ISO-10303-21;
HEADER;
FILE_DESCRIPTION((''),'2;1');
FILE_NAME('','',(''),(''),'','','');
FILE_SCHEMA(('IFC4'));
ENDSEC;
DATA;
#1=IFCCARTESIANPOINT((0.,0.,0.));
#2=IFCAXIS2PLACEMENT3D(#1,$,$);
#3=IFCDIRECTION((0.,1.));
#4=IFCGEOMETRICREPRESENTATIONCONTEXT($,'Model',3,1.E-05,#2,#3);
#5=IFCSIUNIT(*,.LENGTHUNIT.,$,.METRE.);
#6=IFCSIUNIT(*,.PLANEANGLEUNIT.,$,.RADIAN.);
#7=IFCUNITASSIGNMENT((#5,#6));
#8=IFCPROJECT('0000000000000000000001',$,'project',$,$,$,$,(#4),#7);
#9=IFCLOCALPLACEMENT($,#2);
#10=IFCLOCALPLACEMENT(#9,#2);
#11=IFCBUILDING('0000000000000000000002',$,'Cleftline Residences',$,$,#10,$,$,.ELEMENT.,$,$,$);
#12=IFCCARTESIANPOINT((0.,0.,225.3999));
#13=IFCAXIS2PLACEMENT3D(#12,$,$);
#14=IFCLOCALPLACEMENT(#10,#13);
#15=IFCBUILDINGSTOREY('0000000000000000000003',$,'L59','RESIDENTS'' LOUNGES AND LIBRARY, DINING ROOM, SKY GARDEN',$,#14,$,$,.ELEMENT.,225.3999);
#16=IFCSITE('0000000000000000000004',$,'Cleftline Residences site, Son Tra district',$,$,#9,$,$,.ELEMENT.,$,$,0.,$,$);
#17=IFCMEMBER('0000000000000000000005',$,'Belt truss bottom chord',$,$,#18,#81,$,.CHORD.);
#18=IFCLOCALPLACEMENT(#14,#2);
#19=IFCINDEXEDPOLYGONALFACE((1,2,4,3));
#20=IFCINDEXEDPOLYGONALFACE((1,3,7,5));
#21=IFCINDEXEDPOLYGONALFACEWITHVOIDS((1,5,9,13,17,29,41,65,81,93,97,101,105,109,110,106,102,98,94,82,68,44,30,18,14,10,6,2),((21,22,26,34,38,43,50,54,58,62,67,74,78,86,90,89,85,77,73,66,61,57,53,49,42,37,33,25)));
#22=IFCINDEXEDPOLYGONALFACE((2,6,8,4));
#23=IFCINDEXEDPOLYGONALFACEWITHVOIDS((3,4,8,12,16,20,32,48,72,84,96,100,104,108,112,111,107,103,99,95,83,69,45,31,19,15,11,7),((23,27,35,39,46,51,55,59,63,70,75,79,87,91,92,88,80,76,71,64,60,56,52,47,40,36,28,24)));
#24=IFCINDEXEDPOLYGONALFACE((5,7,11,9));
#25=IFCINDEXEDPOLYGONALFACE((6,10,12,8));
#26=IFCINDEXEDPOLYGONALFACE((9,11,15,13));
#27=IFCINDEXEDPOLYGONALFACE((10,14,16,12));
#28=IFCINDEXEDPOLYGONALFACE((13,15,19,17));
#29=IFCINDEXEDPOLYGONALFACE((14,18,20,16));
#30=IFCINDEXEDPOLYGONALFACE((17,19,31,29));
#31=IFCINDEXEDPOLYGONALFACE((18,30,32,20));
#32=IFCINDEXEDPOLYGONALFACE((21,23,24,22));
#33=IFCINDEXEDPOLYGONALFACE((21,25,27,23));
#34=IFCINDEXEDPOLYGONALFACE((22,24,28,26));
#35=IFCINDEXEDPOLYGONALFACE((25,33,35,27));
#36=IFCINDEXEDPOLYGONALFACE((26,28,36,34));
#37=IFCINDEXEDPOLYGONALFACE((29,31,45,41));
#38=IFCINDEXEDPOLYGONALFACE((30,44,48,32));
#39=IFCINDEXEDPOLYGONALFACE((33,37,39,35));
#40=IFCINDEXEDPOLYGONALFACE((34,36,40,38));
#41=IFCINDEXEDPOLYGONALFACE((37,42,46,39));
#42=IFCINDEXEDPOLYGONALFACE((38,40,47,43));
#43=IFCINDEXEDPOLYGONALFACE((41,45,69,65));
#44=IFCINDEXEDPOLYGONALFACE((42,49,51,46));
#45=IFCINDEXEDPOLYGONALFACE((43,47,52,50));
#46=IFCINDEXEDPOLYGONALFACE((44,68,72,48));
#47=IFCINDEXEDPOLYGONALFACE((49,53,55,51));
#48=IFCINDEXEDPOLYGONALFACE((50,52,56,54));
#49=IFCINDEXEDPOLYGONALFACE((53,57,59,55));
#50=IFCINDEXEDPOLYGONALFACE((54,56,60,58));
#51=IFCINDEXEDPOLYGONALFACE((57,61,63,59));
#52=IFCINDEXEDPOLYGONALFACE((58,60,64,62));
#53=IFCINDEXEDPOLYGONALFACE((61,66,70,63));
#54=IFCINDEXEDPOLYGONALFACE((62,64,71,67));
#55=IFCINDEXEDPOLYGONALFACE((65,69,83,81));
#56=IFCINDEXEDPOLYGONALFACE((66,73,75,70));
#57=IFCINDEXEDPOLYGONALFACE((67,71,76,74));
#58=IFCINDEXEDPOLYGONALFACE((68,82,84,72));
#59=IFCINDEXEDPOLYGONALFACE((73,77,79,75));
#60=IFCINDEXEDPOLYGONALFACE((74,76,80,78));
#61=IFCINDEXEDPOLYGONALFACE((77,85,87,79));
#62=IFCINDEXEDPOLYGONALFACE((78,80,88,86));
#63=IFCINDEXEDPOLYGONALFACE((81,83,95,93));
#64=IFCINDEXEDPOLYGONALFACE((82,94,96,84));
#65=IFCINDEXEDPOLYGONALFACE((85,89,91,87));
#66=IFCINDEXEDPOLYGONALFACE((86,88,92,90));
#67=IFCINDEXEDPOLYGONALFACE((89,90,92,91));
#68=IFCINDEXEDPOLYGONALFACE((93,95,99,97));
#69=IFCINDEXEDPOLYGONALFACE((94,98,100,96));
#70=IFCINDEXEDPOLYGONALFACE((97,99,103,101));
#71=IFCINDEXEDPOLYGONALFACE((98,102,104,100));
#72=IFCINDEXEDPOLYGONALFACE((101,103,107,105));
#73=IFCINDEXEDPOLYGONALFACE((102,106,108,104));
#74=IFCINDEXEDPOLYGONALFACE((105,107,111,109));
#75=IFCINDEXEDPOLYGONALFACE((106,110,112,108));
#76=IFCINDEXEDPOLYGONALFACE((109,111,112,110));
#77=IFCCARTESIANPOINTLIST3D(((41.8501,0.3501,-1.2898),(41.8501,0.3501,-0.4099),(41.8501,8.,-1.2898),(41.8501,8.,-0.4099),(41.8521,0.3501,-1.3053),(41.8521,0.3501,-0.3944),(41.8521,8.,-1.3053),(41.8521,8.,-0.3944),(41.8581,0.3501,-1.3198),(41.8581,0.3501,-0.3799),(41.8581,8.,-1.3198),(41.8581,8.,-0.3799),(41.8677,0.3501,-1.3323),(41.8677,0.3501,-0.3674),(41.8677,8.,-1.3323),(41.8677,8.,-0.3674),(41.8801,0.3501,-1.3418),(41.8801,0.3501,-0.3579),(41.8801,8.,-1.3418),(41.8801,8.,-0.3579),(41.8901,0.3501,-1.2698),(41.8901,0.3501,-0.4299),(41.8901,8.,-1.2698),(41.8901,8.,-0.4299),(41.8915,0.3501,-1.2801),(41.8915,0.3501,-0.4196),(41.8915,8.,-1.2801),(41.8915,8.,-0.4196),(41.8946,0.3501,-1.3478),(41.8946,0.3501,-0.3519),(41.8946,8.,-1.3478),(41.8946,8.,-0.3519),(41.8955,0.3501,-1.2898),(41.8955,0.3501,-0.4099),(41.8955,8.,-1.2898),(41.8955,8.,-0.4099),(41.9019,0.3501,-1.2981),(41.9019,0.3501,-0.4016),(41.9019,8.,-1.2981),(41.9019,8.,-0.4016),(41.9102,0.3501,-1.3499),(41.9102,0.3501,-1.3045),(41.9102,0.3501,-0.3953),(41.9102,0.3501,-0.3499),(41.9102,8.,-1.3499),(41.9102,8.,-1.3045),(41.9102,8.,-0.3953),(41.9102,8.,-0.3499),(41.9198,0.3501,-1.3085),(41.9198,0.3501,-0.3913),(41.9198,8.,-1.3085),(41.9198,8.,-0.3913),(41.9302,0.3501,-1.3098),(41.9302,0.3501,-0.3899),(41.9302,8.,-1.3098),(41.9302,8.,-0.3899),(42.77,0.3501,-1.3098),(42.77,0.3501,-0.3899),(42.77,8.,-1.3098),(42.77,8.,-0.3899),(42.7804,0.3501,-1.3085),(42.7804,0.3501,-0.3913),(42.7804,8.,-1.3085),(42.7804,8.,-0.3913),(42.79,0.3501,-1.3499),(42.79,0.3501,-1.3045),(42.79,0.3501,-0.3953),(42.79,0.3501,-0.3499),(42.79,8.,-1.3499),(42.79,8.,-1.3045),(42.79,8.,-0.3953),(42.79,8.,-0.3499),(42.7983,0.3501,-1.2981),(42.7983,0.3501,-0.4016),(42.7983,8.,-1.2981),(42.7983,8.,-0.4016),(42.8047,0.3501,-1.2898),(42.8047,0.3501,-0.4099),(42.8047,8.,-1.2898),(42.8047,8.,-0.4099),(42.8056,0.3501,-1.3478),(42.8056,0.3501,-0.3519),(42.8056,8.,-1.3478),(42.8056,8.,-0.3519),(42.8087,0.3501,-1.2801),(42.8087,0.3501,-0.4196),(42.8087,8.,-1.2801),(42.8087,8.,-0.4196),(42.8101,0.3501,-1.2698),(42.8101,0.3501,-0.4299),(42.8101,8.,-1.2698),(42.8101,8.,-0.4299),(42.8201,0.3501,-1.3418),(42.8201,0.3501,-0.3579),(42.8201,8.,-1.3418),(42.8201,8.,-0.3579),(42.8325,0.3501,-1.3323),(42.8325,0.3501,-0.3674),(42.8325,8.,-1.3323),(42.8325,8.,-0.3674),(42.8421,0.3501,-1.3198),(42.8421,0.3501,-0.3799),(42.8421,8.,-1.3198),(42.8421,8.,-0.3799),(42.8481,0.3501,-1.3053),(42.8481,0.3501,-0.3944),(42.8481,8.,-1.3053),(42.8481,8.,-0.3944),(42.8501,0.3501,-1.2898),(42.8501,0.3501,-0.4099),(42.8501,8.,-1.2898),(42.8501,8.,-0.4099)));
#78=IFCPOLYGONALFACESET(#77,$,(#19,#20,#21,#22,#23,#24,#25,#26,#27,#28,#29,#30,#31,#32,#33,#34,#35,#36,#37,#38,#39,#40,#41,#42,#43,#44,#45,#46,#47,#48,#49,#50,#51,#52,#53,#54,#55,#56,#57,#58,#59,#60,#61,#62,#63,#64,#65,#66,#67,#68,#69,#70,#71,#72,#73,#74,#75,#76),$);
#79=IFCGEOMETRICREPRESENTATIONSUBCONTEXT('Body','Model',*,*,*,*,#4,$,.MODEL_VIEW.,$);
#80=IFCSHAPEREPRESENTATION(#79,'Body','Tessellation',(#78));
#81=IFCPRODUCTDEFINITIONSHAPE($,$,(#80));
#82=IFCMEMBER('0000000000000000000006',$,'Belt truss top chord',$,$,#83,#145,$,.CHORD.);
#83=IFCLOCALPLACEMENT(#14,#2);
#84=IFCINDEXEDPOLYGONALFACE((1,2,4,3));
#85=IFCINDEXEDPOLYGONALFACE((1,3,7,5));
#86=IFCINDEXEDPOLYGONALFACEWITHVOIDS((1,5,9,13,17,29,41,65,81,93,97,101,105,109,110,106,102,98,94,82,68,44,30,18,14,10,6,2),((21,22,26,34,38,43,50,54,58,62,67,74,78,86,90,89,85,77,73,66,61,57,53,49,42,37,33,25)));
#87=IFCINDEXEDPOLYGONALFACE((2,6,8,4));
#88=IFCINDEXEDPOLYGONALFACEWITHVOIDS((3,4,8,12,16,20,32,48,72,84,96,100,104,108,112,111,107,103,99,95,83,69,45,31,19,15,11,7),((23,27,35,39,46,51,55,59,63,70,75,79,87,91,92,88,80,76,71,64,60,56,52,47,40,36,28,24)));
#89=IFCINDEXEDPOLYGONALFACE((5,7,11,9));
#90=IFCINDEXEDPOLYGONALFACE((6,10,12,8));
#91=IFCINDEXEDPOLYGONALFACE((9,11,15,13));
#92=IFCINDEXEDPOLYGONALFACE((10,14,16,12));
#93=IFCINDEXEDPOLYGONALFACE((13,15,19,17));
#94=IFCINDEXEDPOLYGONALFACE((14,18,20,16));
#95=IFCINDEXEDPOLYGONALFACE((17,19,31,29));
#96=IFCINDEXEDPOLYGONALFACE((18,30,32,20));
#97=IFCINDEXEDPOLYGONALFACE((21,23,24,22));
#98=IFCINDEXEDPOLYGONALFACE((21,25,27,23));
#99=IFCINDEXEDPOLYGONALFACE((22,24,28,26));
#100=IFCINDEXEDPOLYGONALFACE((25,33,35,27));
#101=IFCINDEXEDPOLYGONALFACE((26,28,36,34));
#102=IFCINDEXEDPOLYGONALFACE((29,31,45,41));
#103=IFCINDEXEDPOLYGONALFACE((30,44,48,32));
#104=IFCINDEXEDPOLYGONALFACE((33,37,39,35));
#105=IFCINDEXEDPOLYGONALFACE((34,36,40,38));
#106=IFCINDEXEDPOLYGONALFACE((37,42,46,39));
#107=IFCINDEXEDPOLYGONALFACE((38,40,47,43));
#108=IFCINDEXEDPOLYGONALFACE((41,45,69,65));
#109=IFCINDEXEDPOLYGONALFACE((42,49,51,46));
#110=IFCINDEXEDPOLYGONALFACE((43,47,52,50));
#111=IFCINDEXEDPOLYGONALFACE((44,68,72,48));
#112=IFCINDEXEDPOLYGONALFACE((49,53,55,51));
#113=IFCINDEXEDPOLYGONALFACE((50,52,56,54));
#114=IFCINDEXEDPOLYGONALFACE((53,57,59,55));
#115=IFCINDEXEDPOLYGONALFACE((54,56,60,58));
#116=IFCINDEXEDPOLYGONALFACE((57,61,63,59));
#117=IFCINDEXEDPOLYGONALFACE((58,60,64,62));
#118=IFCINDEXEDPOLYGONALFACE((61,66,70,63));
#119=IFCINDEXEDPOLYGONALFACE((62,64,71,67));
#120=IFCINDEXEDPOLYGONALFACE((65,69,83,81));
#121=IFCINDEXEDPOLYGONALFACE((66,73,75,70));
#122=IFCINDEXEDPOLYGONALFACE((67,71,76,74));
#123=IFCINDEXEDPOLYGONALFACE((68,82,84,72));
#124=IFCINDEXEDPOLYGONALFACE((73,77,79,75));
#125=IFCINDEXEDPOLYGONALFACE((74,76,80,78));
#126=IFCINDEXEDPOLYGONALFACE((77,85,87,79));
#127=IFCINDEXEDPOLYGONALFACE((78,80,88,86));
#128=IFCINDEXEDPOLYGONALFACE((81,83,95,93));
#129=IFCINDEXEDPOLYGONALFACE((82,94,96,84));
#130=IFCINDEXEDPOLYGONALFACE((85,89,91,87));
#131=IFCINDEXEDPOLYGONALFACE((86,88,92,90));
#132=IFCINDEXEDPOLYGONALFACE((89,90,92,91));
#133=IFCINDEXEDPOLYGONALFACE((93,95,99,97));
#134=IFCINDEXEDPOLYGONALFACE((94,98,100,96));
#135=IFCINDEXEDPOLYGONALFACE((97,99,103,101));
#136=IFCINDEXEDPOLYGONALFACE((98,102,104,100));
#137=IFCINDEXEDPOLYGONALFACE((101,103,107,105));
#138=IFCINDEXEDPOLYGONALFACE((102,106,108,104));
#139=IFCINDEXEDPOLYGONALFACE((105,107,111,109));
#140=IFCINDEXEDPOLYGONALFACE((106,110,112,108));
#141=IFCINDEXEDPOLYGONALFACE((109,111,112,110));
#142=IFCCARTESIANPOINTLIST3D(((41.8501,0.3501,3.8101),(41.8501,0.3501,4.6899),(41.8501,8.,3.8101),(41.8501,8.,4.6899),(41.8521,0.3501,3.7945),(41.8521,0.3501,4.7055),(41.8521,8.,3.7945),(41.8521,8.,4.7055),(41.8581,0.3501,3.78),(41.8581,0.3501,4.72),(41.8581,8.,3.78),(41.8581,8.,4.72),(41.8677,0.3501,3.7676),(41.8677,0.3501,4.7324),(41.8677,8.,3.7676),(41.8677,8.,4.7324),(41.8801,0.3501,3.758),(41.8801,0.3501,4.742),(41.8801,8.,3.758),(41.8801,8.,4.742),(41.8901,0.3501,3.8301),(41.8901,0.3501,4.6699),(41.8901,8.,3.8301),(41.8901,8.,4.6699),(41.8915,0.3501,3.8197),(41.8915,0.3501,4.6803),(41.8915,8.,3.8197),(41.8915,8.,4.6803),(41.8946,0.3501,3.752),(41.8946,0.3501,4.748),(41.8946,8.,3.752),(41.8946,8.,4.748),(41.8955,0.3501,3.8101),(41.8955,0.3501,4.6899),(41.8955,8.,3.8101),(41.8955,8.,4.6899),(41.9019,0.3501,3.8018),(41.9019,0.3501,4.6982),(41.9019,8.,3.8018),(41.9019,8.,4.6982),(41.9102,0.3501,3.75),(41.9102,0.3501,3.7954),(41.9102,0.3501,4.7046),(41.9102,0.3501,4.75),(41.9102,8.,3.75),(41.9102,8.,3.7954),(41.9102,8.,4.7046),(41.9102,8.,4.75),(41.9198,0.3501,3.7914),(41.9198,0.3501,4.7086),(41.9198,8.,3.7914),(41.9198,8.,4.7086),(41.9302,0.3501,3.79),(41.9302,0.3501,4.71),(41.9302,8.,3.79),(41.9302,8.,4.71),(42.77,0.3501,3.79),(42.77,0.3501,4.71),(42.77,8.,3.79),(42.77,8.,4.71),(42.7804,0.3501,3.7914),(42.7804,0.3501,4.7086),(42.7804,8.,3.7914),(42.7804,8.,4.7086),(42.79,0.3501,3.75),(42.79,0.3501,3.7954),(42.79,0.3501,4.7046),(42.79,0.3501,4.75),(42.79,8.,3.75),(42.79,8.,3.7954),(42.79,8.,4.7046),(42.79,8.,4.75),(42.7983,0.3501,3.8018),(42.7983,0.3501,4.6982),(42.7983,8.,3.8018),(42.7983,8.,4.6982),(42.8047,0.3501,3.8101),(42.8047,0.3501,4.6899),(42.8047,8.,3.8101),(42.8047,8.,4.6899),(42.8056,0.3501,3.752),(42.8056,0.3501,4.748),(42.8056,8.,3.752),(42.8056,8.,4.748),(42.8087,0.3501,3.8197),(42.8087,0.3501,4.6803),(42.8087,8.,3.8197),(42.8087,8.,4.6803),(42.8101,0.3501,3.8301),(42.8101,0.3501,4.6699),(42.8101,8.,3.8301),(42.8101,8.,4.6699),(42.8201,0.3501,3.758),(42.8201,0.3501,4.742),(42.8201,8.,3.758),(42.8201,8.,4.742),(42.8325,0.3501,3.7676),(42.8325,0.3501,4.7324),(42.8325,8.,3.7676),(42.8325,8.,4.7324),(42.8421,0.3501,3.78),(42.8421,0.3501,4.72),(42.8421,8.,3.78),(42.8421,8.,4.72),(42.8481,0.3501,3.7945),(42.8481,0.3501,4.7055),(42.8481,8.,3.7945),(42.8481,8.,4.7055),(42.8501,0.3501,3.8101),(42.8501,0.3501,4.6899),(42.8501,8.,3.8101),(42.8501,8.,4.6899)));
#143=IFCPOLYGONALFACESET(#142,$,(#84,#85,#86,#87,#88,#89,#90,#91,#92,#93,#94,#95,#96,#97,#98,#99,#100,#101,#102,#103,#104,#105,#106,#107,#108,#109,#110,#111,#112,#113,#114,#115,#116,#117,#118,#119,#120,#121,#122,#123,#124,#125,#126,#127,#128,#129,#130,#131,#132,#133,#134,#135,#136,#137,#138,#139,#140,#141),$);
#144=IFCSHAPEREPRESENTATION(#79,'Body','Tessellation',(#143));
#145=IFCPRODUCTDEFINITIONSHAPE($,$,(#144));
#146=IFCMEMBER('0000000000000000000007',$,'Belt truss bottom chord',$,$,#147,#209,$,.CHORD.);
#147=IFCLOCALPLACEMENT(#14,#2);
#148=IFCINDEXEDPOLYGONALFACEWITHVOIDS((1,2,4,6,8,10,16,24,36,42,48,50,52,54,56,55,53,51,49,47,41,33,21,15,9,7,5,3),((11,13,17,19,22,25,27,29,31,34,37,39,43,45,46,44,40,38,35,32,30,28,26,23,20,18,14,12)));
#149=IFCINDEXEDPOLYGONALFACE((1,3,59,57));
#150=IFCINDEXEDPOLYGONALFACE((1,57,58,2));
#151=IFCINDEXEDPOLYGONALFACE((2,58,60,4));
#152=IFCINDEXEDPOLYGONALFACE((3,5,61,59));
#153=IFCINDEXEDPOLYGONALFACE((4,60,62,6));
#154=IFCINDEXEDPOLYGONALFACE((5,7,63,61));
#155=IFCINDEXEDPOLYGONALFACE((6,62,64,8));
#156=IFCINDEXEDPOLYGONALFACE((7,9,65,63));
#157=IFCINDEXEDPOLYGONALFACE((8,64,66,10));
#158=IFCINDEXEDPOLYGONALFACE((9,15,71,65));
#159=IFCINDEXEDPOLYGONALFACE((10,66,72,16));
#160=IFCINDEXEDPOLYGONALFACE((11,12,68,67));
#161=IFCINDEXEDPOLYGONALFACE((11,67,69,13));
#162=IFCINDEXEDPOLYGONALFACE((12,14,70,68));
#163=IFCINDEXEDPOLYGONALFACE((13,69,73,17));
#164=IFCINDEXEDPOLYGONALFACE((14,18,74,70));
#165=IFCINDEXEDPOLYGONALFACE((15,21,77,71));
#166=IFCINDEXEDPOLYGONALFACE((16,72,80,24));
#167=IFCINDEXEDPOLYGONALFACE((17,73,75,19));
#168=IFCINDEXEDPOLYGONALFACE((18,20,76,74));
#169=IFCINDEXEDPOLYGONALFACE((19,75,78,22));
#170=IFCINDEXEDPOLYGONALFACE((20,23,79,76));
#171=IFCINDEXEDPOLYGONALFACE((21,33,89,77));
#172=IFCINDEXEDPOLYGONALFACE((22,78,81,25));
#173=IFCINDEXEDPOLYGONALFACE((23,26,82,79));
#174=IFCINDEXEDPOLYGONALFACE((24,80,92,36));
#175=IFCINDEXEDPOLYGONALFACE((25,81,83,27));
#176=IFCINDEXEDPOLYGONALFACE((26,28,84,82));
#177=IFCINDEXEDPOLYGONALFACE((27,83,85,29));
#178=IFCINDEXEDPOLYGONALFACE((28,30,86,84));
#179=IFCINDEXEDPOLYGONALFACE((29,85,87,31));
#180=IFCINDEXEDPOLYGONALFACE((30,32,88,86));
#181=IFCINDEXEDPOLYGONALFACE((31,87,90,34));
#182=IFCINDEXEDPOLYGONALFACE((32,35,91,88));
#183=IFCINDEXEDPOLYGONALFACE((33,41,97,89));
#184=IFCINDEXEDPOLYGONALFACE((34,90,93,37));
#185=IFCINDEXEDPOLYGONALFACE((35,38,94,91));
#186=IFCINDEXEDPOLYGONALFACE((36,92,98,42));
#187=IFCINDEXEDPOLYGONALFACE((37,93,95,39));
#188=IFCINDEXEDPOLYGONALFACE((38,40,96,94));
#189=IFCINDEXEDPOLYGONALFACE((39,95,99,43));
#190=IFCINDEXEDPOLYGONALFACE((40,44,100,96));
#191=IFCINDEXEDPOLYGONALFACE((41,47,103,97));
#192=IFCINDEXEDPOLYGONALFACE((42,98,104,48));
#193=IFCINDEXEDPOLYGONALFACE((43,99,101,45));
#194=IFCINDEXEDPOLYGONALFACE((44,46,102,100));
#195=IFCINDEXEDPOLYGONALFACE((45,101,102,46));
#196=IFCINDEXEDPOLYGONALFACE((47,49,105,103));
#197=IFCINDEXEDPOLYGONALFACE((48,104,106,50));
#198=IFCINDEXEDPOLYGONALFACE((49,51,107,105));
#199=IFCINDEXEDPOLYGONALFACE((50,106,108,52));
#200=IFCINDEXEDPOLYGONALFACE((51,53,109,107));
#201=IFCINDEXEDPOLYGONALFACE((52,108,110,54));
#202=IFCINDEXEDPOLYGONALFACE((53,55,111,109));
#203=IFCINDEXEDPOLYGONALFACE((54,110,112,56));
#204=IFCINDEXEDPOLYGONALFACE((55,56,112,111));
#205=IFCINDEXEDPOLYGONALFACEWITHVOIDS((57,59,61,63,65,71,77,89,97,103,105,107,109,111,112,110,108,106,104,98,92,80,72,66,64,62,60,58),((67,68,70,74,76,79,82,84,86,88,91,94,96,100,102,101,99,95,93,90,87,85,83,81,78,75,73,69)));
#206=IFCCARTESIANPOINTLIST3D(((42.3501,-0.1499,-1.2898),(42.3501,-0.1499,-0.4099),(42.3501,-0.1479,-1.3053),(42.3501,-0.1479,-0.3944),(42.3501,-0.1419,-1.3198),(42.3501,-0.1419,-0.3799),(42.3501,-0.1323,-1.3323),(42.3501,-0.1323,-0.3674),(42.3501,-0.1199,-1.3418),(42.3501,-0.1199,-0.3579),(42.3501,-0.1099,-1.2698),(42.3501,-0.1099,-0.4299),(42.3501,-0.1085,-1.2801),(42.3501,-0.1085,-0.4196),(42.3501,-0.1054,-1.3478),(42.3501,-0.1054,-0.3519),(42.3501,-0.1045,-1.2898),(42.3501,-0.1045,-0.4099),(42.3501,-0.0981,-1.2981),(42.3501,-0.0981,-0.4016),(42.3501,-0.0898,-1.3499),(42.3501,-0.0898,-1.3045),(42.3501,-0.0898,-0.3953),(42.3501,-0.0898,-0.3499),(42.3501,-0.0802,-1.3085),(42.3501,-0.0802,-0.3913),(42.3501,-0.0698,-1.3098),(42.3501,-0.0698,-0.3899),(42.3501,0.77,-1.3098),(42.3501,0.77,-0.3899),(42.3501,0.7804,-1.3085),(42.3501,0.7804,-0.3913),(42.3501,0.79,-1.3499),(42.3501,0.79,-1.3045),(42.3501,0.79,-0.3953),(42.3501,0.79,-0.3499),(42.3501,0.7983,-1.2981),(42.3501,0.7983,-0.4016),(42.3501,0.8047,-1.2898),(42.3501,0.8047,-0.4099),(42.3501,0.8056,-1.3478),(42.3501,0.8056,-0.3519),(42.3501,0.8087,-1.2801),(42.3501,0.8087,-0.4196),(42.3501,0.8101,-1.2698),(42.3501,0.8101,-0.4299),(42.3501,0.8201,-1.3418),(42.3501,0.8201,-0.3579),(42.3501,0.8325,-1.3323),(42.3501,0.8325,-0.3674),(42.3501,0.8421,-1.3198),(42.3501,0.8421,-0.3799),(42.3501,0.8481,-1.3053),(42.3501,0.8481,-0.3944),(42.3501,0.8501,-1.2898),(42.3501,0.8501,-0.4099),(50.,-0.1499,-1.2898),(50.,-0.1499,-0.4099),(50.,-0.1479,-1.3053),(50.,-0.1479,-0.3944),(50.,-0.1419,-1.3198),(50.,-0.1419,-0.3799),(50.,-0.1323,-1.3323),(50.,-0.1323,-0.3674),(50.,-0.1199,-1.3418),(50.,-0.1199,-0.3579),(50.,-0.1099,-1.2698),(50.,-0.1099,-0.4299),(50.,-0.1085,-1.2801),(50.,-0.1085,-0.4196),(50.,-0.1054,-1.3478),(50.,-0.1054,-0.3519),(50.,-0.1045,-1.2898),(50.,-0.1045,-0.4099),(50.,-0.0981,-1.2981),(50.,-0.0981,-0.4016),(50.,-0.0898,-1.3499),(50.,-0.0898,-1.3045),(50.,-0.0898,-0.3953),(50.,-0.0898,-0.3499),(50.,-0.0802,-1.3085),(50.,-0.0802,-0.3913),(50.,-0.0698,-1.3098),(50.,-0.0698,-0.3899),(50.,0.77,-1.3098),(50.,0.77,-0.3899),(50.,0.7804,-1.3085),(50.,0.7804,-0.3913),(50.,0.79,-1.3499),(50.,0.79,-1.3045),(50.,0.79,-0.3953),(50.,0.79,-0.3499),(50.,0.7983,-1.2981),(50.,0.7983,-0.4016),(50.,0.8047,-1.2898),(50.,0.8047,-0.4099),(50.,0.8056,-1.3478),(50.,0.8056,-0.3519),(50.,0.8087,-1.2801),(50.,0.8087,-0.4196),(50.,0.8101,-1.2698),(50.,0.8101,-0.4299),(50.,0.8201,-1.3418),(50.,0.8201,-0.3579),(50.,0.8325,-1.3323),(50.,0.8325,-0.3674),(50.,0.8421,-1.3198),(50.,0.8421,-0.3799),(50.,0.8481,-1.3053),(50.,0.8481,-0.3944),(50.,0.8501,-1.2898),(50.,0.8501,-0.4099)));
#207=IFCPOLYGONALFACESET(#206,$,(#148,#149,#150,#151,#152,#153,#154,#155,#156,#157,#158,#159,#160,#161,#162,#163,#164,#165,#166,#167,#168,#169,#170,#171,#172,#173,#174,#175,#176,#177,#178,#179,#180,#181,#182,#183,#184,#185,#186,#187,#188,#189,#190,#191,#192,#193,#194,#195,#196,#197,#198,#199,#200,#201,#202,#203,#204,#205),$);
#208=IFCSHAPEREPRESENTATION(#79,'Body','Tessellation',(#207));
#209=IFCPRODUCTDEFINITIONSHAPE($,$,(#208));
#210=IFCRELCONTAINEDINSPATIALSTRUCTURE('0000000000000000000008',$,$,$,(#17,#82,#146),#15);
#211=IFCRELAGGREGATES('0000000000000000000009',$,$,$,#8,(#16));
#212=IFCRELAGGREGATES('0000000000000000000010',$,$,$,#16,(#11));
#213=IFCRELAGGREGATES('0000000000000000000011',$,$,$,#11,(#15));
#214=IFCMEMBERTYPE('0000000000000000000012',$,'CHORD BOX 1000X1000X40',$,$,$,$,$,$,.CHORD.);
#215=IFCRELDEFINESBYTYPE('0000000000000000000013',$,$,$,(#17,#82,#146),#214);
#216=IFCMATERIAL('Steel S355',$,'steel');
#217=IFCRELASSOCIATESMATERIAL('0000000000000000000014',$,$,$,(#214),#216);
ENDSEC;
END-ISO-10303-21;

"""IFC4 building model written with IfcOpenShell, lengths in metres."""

from ifc_helpers import new_model, si_unit, direction, frame, origin, origin_2d, place, context, subcontext, project, spatial, hollow_rectangle, extrude, material, material_profile, profile_set, type_object, element, save


model = new_model("IFC4")

# Units and contexts
model_context = context("Model", 3, precision=1e-05, world=origin(), true_north=direction((0.0, 1.0)))
body_context = subcontext(model_context, "Body", "Model", "MODEL_VIEW")
ifc_project = project(units=[si_unit("LENGTHUNIT", "METRE"), si_unit("PLANEANGLEUNIT", "RADIAN")], contexts=[model_context])

# Site, building, storey
site_placement = place(None, origin())
site = spatial("IfcSite", under=ifc_project, at=site_placement, Name="Cleftline Residences site, Son Tra district", CompositionType="ELEMENT", RefElevation=0.0)
building_placement = place(site_placement, origin())
building = spatial("IfcBuilding", under=site, at=building_placement, Name="Cleftline Residences", CompositionType="ELEMENT")
storey_placement = place(building_placement, frame((0.0, 0.0, 225.3999)))
storey = spatial("IfcBuildingStorey", under=building, at=storey_placement, Name="L59", Description="RESIDENTS' LOUNGES AND LIBRARY, DINING ROOM, SKY GARDEN", CompositionType="ELEMENT", Elevation=225.3999)

# Members
ifc_material_1 = material(Name="Steel S355", Category="steel")
ifc_material_profile_1 = material_profile(ifc_material_1, hollow_rectangle(XDim=1.0, YDim=1.0, WallThickness=0.04, InnerFilletRadius=0.04, OuterFilletRadius=0.0601, at=origin_2d()))
ifc_profile_set_1 = profile_set([ifc_material_profile_1], Name="Steel S355")
member_type_1 = type_object("IfcMemberType", Name="CHORD BOX 1000X1000X40", PredefinedType="CHORD", material=ifc_profile_set_1)
for number, where, z_axis, x_axis, name in (
    (1, (42.3501, 0.3501, -0.8499), (0.0, 1.0, 0.0), (-1.0, 0.0, 0.0), "Belt truss bottom chord"),
    (2, (42.3501, 0.3501, 4.25), (0.0, 1.0, 0.0), (-1.0, 0.0, 0.0), "Belt truss top chord"),
    (3, (42.3501, 0.3501, -0.8499), (1.0, 0.0, 0.0), (0.0, 1.0, 0.0), "Belt truss bottom chord"),
):
    element("IfcMember", number, at=place(storey_placement, frame(where, z_axis=z_axis, x_axis=x_axis)), inside=storey, type_object=member_type_1, Name=name, PredefinedType="CHORD", context=body_context, shape_type="SweptSolid", body=[
        extrude(hollow_rectangle(XDim=1.0, YDim=1.0, WallThickness=0.04, InnerFilletRadius=0.04, OuterFilletRadius=0.0601, at=origin_2d()), origin(), (0.0, 0.0, 1.0), 7.6499),
    ])

save(model, "model.ifc")
